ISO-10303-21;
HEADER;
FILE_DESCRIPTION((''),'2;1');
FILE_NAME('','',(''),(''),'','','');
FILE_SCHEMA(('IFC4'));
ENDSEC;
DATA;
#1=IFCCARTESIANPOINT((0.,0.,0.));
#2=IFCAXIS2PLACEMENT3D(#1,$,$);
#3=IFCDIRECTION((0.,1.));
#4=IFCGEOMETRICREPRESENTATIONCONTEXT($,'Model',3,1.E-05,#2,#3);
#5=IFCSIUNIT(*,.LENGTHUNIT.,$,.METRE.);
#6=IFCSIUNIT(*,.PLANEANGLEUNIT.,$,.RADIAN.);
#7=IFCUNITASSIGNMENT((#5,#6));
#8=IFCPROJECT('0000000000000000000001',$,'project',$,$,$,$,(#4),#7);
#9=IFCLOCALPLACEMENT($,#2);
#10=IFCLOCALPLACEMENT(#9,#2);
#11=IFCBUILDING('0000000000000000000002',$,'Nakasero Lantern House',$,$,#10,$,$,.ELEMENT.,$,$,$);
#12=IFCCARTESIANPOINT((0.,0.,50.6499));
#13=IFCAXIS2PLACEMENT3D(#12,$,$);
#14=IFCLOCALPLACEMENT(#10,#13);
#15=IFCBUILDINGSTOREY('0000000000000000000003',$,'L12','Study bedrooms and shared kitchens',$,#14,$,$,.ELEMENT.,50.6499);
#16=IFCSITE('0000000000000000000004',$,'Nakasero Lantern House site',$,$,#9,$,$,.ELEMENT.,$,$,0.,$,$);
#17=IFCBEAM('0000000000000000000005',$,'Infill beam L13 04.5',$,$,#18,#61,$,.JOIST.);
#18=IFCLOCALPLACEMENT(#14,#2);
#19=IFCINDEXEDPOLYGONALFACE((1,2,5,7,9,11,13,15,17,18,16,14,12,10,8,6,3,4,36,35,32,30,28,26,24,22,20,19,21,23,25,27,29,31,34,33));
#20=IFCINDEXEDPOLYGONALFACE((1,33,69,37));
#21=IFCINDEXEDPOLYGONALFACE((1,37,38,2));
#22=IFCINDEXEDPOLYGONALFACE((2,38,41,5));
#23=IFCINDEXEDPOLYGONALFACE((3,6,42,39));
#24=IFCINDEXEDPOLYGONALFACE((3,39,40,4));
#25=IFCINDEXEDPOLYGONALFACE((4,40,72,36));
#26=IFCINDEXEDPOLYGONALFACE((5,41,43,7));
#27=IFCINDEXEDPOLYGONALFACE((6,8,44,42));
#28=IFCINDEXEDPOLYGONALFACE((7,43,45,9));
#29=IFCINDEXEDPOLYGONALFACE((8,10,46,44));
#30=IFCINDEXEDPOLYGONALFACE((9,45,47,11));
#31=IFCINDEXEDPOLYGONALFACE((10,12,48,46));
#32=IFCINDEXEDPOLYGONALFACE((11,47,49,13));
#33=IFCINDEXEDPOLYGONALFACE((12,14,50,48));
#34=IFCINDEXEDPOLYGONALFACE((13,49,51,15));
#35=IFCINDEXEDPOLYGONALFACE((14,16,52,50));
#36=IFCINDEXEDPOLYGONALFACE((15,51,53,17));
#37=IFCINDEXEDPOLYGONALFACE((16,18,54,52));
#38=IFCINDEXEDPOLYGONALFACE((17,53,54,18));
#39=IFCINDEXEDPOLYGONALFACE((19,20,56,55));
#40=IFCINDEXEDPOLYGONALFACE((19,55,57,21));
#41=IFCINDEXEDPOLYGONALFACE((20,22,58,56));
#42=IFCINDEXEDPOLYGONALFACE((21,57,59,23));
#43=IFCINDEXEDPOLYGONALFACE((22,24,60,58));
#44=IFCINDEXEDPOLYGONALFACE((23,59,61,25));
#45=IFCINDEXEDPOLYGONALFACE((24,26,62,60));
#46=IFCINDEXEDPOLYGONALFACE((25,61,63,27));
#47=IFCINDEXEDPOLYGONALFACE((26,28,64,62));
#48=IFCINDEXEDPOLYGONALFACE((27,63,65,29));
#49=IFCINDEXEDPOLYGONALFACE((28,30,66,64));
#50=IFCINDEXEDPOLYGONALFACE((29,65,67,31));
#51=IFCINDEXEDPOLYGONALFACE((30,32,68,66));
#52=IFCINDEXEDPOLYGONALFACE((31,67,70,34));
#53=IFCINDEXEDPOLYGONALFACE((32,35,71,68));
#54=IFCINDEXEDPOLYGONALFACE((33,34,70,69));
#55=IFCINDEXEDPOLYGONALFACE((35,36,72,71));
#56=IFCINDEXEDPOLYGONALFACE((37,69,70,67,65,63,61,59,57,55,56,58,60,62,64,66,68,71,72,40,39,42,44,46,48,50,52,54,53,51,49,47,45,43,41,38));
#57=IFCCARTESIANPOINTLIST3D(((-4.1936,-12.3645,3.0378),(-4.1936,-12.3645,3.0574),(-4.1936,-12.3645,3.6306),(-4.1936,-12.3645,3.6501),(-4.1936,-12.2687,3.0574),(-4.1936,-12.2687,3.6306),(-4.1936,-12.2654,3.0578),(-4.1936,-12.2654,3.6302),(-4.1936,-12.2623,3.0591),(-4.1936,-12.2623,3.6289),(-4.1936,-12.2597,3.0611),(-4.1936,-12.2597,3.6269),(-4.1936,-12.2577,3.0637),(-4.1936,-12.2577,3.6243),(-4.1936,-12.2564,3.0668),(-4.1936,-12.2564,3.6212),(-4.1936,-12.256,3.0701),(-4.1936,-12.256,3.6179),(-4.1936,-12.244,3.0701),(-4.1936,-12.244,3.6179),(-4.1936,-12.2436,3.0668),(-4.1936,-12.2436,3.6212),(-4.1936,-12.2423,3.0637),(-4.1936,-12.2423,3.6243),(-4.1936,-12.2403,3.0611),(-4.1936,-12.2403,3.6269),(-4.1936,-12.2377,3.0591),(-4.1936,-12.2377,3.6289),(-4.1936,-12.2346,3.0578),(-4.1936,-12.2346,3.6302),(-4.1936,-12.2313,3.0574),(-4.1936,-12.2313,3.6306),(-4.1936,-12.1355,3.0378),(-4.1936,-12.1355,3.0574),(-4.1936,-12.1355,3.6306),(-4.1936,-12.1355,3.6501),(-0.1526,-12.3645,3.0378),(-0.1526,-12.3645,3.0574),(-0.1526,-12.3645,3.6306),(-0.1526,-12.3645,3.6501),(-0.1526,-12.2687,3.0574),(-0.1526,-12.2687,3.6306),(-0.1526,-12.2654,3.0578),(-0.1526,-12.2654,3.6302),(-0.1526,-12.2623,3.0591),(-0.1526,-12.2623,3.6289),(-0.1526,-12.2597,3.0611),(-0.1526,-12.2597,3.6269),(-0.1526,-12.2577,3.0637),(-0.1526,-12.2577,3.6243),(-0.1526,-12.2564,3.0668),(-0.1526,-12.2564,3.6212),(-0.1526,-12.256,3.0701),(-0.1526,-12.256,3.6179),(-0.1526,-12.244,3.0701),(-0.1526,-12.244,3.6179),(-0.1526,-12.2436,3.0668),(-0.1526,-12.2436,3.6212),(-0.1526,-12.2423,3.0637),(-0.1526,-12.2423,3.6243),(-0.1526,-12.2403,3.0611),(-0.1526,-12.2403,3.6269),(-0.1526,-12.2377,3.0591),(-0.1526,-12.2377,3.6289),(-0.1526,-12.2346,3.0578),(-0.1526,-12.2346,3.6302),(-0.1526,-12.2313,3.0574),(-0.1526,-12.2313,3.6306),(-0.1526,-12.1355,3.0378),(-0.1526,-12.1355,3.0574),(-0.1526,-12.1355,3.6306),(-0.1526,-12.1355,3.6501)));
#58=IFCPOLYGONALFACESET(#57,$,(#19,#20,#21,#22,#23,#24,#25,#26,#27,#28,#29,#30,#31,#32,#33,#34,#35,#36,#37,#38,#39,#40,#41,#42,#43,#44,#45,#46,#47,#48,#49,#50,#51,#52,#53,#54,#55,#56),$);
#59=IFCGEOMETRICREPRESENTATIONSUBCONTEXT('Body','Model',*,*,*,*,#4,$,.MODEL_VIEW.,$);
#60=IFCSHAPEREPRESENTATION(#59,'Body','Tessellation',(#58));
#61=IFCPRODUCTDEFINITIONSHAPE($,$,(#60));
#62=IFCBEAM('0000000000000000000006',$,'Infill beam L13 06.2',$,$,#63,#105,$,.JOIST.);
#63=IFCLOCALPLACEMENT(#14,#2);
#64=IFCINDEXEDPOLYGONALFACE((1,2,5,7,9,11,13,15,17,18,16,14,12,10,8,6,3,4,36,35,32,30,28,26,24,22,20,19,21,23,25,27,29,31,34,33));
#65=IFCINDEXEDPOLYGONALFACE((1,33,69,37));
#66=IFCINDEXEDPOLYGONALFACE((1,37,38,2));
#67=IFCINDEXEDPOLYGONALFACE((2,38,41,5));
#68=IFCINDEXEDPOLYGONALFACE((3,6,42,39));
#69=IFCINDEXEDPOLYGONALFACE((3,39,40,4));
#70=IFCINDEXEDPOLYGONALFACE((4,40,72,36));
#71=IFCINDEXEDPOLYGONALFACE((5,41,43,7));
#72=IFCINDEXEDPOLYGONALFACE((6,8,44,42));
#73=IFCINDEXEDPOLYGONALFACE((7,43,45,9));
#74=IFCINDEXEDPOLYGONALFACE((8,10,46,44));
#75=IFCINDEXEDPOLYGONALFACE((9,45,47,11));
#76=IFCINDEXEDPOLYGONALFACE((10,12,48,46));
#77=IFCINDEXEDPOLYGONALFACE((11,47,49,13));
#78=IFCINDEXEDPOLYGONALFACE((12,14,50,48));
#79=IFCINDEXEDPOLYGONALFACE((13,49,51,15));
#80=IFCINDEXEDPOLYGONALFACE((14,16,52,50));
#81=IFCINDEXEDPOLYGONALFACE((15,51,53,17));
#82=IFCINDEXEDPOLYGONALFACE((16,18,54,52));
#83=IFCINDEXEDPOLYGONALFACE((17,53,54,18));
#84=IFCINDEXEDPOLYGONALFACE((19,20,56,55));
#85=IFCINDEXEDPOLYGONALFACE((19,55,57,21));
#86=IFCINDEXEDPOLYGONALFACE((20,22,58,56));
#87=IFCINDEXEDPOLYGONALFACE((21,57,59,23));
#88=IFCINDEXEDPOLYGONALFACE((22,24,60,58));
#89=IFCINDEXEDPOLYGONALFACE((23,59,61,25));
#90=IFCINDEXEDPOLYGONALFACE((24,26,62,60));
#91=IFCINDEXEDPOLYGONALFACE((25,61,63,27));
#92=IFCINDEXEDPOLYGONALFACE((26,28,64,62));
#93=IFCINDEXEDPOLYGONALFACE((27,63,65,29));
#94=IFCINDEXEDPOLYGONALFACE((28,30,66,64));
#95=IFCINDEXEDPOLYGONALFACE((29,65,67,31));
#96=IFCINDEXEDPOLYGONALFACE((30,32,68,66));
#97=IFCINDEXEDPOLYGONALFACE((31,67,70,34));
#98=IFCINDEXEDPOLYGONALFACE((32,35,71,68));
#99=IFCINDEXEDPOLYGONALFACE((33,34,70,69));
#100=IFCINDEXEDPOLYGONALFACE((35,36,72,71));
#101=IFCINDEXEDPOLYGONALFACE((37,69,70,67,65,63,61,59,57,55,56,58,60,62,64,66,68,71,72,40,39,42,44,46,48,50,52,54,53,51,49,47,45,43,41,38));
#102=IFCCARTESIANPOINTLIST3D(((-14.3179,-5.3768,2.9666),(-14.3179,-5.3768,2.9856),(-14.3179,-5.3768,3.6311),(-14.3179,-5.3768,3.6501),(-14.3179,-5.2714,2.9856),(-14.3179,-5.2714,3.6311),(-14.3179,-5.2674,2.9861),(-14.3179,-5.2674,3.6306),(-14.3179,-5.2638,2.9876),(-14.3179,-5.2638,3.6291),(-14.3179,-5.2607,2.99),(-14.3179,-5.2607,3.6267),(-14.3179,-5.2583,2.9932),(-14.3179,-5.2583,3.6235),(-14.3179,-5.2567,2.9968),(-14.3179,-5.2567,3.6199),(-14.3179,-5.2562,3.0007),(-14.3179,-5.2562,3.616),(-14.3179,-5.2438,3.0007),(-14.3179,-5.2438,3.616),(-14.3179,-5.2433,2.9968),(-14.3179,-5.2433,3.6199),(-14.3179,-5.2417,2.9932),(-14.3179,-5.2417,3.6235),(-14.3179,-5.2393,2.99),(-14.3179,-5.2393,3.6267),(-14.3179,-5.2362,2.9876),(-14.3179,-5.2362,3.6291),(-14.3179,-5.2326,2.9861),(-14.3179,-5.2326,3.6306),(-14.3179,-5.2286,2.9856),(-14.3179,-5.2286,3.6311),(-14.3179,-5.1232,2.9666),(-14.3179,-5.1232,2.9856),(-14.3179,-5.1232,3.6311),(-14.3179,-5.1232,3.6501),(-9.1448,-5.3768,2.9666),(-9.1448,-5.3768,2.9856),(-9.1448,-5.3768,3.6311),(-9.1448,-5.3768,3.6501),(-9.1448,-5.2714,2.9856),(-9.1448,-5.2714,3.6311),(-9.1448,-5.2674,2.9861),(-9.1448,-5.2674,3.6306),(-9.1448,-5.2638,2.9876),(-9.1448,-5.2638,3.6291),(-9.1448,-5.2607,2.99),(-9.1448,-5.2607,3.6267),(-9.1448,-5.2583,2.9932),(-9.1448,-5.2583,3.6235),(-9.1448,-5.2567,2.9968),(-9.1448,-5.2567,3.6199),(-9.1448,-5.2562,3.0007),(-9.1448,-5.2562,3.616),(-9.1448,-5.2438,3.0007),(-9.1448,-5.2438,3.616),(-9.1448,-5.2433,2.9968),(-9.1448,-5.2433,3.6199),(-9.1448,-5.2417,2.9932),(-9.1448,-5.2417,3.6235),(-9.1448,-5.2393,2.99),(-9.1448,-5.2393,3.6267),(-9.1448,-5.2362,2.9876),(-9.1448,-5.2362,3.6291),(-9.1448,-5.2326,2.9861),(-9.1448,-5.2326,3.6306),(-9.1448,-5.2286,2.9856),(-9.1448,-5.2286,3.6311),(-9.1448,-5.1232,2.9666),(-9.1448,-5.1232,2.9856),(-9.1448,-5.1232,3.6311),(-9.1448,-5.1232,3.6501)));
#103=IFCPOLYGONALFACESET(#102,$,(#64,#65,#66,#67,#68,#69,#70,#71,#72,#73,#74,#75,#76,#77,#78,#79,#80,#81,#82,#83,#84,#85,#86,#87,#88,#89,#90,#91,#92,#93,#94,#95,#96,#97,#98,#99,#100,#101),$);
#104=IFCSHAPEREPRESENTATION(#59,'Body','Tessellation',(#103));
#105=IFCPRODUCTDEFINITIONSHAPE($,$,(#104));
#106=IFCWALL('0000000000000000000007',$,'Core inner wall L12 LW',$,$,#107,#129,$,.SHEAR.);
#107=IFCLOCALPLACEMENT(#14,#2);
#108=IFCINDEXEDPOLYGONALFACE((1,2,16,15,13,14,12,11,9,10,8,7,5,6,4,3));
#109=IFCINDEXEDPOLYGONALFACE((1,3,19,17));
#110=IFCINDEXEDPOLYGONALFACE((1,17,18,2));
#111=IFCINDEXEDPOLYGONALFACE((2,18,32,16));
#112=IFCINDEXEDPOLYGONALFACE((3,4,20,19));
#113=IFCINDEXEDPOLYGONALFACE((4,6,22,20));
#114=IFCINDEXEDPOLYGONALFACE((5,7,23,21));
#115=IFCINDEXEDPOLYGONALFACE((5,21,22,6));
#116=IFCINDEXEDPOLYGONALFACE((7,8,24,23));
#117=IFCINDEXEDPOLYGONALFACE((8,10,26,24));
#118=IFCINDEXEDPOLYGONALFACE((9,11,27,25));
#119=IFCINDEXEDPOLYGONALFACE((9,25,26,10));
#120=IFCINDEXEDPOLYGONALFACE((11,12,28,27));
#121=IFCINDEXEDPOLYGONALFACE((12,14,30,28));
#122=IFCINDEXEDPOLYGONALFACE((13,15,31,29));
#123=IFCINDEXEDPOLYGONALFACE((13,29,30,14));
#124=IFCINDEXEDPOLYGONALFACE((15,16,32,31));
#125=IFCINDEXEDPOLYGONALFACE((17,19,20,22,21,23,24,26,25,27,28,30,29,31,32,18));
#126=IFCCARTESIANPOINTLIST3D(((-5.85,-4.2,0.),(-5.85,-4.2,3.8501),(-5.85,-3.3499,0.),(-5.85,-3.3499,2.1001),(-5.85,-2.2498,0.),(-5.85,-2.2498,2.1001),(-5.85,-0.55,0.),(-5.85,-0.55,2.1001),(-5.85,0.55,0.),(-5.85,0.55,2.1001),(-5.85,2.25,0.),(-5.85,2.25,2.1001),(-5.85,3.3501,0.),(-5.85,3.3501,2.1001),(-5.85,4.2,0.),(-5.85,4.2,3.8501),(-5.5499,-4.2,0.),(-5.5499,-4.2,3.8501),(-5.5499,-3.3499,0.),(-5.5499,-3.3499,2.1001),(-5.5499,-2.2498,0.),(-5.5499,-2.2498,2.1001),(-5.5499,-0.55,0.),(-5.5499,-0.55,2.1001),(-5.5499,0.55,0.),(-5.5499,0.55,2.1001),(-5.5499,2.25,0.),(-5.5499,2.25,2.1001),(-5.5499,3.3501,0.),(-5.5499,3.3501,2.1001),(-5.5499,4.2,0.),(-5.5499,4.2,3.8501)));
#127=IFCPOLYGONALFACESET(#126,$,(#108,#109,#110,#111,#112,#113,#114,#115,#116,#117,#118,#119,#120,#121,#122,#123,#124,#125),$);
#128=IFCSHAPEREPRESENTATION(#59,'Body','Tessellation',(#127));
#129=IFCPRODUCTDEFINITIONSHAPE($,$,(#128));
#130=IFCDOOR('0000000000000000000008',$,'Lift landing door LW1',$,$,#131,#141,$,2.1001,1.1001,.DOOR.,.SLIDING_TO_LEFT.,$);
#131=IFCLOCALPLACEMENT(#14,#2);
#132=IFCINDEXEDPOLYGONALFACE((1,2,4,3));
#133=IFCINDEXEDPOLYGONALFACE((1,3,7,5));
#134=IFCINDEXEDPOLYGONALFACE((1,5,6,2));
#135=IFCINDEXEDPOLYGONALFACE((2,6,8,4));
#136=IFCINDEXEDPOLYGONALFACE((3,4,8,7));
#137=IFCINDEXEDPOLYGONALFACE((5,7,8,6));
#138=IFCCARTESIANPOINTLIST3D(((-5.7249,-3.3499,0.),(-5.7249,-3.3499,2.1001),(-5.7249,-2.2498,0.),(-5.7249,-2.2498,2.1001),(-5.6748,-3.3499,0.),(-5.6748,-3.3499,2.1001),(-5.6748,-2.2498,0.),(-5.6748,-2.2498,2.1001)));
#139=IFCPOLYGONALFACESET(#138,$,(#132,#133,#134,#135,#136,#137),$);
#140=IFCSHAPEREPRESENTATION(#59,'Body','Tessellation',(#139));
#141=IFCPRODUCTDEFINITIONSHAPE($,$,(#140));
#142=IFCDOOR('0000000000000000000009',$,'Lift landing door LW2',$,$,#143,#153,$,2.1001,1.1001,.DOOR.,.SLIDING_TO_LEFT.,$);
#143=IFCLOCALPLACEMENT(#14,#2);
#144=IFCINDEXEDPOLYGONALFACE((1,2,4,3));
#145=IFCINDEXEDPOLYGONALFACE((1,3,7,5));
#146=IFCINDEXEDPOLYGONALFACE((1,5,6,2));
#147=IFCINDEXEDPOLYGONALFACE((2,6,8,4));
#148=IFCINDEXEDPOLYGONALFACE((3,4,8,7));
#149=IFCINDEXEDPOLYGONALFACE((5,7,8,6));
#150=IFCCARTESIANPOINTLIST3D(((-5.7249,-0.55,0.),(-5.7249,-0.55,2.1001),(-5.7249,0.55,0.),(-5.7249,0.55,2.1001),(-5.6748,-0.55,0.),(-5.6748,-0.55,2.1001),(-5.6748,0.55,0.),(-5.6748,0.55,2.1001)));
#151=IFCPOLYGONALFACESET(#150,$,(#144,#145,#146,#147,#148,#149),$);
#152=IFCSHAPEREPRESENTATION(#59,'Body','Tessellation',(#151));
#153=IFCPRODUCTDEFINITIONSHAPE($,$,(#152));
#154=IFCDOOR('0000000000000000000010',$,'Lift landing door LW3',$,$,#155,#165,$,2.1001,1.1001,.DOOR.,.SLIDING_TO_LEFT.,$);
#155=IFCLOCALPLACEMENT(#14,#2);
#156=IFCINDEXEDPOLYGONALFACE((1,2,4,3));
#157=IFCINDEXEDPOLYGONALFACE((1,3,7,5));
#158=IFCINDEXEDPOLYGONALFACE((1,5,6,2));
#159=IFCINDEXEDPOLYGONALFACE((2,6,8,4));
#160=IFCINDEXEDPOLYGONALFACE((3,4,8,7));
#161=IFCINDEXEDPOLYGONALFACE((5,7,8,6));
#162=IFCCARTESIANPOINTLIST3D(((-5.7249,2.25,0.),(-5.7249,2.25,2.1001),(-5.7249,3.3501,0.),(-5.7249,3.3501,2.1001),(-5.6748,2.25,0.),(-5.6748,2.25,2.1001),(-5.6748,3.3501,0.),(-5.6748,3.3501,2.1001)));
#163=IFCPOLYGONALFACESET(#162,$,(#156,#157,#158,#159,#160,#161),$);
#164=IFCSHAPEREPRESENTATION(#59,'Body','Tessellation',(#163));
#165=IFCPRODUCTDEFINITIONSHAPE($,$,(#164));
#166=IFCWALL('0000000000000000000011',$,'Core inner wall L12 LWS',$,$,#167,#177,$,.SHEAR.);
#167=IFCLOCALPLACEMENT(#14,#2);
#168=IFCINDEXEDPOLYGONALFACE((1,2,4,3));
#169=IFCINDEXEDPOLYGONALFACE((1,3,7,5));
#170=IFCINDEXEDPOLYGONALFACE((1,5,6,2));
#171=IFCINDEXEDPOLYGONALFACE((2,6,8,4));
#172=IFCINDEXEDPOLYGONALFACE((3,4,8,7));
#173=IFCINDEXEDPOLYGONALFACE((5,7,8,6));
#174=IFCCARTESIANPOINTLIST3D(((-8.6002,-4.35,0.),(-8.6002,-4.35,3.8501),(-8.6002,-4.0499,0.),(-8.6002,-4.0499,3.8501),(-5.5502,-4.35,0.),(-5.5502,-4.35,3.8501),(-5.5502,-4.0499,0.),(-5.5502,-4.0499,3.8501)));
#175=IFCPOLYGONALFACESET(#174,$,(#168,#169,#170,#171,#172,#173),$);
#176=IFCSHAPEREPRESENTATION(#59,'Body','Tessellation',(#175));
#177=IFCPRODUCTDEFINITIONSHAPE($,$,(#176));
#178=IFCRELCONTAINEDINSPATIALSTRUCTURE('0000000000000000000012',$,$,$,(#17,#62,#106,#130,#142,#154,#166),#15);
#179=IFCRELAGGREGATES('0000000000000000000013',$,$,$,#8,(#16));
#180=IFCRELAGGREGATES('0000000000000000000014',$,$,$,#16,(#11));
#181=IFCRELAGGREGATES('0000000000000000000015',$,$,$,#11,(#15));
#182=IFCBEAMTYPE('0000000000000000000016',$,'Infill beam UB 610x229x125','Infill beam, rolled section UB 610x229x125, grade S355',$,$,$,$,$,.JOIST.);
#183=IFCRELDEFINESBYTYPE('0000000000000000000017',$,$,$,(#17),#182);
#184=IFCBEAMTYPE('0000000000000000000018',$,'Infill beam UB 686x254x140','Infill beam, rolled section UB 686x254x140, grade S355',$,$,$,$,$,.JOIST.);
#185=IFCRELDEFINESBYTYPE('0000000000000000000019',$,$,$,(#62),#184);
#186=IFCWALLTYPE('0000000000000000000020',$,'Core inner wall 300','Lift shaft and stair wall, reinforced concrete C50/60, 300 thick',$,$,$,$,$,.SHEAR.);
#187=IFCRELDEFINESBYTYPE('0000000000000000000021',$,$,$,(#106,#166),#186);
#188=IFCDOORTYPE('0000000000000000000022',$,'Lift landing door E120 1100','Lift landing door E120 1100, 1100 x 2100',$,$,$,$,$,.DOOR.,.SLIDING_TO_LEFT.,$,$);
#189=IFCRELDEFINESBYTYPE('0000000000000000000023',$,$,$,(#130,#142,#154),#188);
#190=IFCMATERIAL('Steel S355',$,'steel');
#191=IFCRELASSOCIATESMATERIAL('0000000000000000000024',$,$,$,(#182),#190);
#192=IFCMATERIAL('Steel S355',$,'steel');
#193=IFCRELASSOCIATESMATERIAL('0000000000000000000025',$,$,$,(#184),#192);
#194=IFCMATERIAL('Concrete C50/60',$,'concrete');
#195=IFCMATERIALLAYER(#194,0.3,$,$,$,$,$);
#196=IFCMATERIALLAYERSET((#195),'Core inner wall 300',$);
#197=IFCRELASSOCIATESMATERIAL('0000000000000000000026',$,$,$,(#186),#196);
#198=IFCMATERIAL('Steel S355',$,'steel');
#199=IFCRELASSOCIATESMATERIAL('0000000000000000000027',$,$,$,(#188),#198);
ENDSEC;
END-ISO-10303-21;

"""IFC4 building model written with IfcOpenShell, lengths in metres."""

from ifc_helpers import new_model, si_unit, direction, frame, frame_2d, origin, origin_2d, place, context, subcontext, project, spatial, rectangle, i_section, extrude, material, layer, layer_set, material_profile, profile_set, type_object, element, fill, save


model = new_model("IFC4")

# Units and contexts
model_context = context("Model", 3, precision=1e-05, world=origin(), true_north=direction((0.0, 1.0)))
body_context = subcontext(model_context, "Body", "Model", "MODEL_VIEW")
ifc_project = project(units=[si_unit("LENGTHUNIT", "METRE"), si_unit("PLANEANGLEUNIT", "RADIAN")], contexts=[model_context])

# Site, building, storey
site_placement = place(None, origin())
site = spatial("IfcSite", under=ifc_project, at=site_placement, Name="Nakasero Lantern House site", CompositionType="ELEMENT", RefElevation=0.0)
building_placement = place(site_placement, origin())
building = spatial("IfcBuilding", under=site, at=building_placement, Name="Nakasero Lantern House", CompositionType="ELEMENT")
storey_placement = place(building_placement, frame((0.0, 0.0, 50.6499)))
storey = spatial("IfcBuildingStorey", under=building, at=storey_placement, Name="L12", Description="Study bedrooms and shared kitchens", CompositionType="ELEMENT", Elevation=50.6499)

# Beams
ifc_material_1 = material(Name="Steel S355", Category="steel")
ifc_material_profile_1 = material_profile(ifc_material_1, i_section(OverallWidth=0.229, OverallDepth=0.6123, WebThickness=0.012, FlangeThickness=0.0195, FilletRadius=0.0127, at=origin_2d()), Name="UB 610x229x125")
ifc_profile_set_1 = profile_set([ifc_material_profile_1], Name="Steel S355")
beam_type_1 = type_object("IfcBeamType", Name="Infill beam UB 610x229x125", Description="Infill beam, rolled section UB 610x229x125, grade S355", PredefinedType="JOIST", material=ifc_profile_set_1)
beam_1_placement = place(storey_placement, frame((-4.1936, -12.25, 3.344), z_axis=(1.0, 0.0, 0.0), x_axis=(0.0, 1.0, 0.0)))
element("IfcBeam", 1, at=beam_1_placement, inside=storey, type_object=beam_type_1, Name="Infill beam L13 04.5", PredefinedType="JOIST", context=body_context, shape_type="SweptSolid", body=[
    extrude(i_section(OverallWidth=0.229, OverallDepth=0.6123, WebThickness=0.012, FlangeThickness=0.0195, FilletRadius=0.0127, at=origin_2d()), origin(), (0.0, 0.0, 1.0), 4.041),
])
ifc_material_2 = material(Name="Steel S355", Category="steel")
ifc_material_profile_2 = material_profile(ifc_material_2, i_section(OverallWidth=0.2537, OverallDepth=0.6836, WebThickness=0.0125, FlangeThickness=0.019, FilletRadius=0.0151, at=origin_2d()), Name="UB 686x254x140")
ifc_profile_set_2 = profile_set([ifc_material_profile_2], Name="Steel S355")
beam_type_2 = type_object("IfcBeamType", Name="Infill beam UB 686x254x140", Description="Infill beam, rolled section UB 686x254x140, grade S355", PredefinedType="JOIST", material=ifc_profile_set_2)
beam_2_placement = place(storey_placement, frame((-14.3179, -5.25, 3.3083), z_axis=(1.0, 0.0, 0.0), x_axis=(0.0, 1.0, 0.0)))
element("IfcBeam", 2, at=beam_2_placement, inside=storey, type_object=beam_type_2, Name="Infill beam L13 06.2", PredefinedType="JOIST", context=body_context, shape_type="SweptSolid", body=[
    extrude(i_section(OverallWidth=0.2537, OverallDepth=0.6836, WebThickness=0.0125, FlangeThickness=0.019, FilletRadius=0.0151, at=origin_2d()), origin(), (0.0, 0.0, 1.0), 5.1731),
])

# Wall, openings, doors
ifc_material_3 = material(Name="Concrete C50/60", Category="concrete")
ifc_layer_1 = layer(ifc_material_3, 0.3)
ifc_layer_set_1 = layer_set([ifc_layer_1], Name="Core inner wall 300")
wall_type_1 = type_object("IfcWallType", Name="Core inner wall 300", Description="Lift shaft and stair wall, reinforced concrete C50/60, 300 thick", PredefinedType="SHEAR", material=ifc_layer_set_1)
wall_1_placement = place(storey_placement, frame((-5.7, -4.2, 0.0), z_axis=(0.0, 0.0, 1.0), x_axis=(0.0, 1.0, 0.0)))
wall_1 = element("IfcWall", 3, at=wall_1_placement, inside=storey, type_object=wall_type_1, Name="Core inner wall L12 LW", PredefinedType="SHEAR", context=body_context, shape_type="SweptSolid", body=[
    extrude(rectangle(XDim=8.3999, YDim=0.3, at=frame_2d((4.2, 0.0))), origin(), (0.0, 0.0, 1.0), 3.8501),
])
opening_1_placement = place(wall_1_placement, frame((0.8501, 0.0, 0.0)))
opening_1 = element("IfcOpeningElement", 4, at=opening_1_placement, cuts=wall_1, PredefinedType="OPENING", context=body_context, shape_type="SweptSolid", body=[
    extrude(rectangle(XDim=1.1001, YDim=2.1001, at=frame_2d((0.55, 1.05))), frame((0.0, 0.1699, 0.0), z_axis=(0.0, -1.0, 0.0), x_axis=(1.0, 0.0, 0.0)), (0.0, 0.0, 1.0), 0.3401),
])
opening_2_placement = place(wall_1_placement, frame((3.6499, 0.0, 0.0)))
opening_2 = element("IfcOpeningElement", 5, at=opening_2_placement, cuts=wall_1, PredefinedType="OPENING", context=body_context, shape_type="SweptSolid", body=[
    extrude(rectangle(XDim=1.1001, YDim=2.1001, at=frame_2d((0.55, 1.05))), frame((0.0, 0.1699, 0.0), z_axis=(0.0, -1.0, 0.0), x_axis=(1.0, 0.0, 0.0)), (0.0, 0.0, 1.0), 0.3401),
])
opening_3_placement = place(wall_1_placement, frame((6.45, 0.0, 0.0)))
opening_3 = element("IfcOpeningElement", 6, at=opening_3_placement, cuts=wall_1, PredefinedType="OPENING", context=body_context, shape_type="SweptSolid", body=[
    extrude(rectangle(XDim=1.1001, YDim=2.1001, at=frame_2d((0.55, 1.05))), frame((0.0, 0.1699, 0.0), z_axis=(0.0, -1.0, 0.0), x_axis=(1.0, 0.0, 0.0)), (0.0, 0.0, 1.0), 0.3401),
])
ifc_material_4 = material(Name="Steel S355", Category="steel")
door_type_1 = type_object("IfcDoorType", Name="Lift landing door E120 1100", Description="Lift landing door E120 1100, 1100 x 2100", OperationType="SLIDING_TO_LEFT", PredefinedType="DOOR", material=ifc_material_4)
door_1_placement = place(opening_1_placement, origin())
door_1 = element("IfcDoor", 7, at=door_1_placement, inside=storey, type_object=door_type_1, Name="Lift landing door LW1", OperationType="SLIDING_TO_LEFT", OverallHeight=2.1001, OverallWidth=1.1001, PredefinedType="DOOR", context=body_context, shape_type="SweptSolid", body=[
    extrude(rectangle(XDim=1.1001, YDim=2.1001, at=frame_2d((0.55, 1.05))), frame((0.0, 0.0249, 0.0), z_axis=(0.0, -1.0, 0.0), x_axis=(1.0, 0.0, 0.0)), (0.0, 0.0, 1.0), 0.05),
])
fill(opening_1, door_1)
door_2_placement = place(opening_2_placement, origin())
door_2 = element("IfcDoor", 8, at=door_2_placement, inside=storey, type_object=door_type_1, Name="Lift landing door LW2", OperationType="SLIDING_TO_LEFT", OverallHeight=2.1001, OverallWidth=1.1001, PredefinedType="DOOR", context=body_context, shape_type="SweptSolid", body=[
    extrude(rectangle(XDim=1.1001, YDim=2.1001, at=frame_2d((0.55, 1.05))), frame((0.0, 0.0249, 0.0), z_axis=(0.0, -1.0, 0.0), x_axis=(1.0, 0.0, 0.0)), (0.0, 0.0, 1.0), 0.05),
])
fill(opening_2, door_2)
door_3_placement = place(opening_3_placement, origin())
door_3 = element("IfcDoor", 9, at=door_3_placement, inside=storey, type_object=door_type_1, Name="Lift landing door LW3", OperationType="SLIDING_TO_LEFT", OverallHeight=2.1001, OverallWidth=1.1001, PredefinedType="DOOR", context=body_context, shape_type="SweptSolid", body=[
    extrude(rectangle(XDim=1.1001, YDim=2.1001, at=frame_2d((0.55, 1.05))), frame((0.0, 0.0249, 0.0), z_axis=(0.0, -1.0, 0.0), x_axis=(1.0, 0.0, 0.0)), (0.0, 0.0, 1.0), 0.05),
])
fill(opening_3, door_3)

# Wall
wall_2_placement = place(storey_placement, frame((-8.6001, -4.2, 0.0), z_axis=(0.0, 0.0, 1.0), x_axis=(1.0, 0.0, 0.0)))
element("IfcWall", 10, at=wall_2_placement, inside=storey, type_object=wall_type_1, Name="Core inner wall L12 LWS", PredefinedType="SHEAR", context=body_context, shape_type="SweptSolid", body=[
    extrude(rectangle(XDim=3.05, YDim=0.3, at=frame_2d((1.5249, 0.0))), origin(), (0.0, 0.0, 1.0), 3.8501),
])

save(model, "model.ifc")
